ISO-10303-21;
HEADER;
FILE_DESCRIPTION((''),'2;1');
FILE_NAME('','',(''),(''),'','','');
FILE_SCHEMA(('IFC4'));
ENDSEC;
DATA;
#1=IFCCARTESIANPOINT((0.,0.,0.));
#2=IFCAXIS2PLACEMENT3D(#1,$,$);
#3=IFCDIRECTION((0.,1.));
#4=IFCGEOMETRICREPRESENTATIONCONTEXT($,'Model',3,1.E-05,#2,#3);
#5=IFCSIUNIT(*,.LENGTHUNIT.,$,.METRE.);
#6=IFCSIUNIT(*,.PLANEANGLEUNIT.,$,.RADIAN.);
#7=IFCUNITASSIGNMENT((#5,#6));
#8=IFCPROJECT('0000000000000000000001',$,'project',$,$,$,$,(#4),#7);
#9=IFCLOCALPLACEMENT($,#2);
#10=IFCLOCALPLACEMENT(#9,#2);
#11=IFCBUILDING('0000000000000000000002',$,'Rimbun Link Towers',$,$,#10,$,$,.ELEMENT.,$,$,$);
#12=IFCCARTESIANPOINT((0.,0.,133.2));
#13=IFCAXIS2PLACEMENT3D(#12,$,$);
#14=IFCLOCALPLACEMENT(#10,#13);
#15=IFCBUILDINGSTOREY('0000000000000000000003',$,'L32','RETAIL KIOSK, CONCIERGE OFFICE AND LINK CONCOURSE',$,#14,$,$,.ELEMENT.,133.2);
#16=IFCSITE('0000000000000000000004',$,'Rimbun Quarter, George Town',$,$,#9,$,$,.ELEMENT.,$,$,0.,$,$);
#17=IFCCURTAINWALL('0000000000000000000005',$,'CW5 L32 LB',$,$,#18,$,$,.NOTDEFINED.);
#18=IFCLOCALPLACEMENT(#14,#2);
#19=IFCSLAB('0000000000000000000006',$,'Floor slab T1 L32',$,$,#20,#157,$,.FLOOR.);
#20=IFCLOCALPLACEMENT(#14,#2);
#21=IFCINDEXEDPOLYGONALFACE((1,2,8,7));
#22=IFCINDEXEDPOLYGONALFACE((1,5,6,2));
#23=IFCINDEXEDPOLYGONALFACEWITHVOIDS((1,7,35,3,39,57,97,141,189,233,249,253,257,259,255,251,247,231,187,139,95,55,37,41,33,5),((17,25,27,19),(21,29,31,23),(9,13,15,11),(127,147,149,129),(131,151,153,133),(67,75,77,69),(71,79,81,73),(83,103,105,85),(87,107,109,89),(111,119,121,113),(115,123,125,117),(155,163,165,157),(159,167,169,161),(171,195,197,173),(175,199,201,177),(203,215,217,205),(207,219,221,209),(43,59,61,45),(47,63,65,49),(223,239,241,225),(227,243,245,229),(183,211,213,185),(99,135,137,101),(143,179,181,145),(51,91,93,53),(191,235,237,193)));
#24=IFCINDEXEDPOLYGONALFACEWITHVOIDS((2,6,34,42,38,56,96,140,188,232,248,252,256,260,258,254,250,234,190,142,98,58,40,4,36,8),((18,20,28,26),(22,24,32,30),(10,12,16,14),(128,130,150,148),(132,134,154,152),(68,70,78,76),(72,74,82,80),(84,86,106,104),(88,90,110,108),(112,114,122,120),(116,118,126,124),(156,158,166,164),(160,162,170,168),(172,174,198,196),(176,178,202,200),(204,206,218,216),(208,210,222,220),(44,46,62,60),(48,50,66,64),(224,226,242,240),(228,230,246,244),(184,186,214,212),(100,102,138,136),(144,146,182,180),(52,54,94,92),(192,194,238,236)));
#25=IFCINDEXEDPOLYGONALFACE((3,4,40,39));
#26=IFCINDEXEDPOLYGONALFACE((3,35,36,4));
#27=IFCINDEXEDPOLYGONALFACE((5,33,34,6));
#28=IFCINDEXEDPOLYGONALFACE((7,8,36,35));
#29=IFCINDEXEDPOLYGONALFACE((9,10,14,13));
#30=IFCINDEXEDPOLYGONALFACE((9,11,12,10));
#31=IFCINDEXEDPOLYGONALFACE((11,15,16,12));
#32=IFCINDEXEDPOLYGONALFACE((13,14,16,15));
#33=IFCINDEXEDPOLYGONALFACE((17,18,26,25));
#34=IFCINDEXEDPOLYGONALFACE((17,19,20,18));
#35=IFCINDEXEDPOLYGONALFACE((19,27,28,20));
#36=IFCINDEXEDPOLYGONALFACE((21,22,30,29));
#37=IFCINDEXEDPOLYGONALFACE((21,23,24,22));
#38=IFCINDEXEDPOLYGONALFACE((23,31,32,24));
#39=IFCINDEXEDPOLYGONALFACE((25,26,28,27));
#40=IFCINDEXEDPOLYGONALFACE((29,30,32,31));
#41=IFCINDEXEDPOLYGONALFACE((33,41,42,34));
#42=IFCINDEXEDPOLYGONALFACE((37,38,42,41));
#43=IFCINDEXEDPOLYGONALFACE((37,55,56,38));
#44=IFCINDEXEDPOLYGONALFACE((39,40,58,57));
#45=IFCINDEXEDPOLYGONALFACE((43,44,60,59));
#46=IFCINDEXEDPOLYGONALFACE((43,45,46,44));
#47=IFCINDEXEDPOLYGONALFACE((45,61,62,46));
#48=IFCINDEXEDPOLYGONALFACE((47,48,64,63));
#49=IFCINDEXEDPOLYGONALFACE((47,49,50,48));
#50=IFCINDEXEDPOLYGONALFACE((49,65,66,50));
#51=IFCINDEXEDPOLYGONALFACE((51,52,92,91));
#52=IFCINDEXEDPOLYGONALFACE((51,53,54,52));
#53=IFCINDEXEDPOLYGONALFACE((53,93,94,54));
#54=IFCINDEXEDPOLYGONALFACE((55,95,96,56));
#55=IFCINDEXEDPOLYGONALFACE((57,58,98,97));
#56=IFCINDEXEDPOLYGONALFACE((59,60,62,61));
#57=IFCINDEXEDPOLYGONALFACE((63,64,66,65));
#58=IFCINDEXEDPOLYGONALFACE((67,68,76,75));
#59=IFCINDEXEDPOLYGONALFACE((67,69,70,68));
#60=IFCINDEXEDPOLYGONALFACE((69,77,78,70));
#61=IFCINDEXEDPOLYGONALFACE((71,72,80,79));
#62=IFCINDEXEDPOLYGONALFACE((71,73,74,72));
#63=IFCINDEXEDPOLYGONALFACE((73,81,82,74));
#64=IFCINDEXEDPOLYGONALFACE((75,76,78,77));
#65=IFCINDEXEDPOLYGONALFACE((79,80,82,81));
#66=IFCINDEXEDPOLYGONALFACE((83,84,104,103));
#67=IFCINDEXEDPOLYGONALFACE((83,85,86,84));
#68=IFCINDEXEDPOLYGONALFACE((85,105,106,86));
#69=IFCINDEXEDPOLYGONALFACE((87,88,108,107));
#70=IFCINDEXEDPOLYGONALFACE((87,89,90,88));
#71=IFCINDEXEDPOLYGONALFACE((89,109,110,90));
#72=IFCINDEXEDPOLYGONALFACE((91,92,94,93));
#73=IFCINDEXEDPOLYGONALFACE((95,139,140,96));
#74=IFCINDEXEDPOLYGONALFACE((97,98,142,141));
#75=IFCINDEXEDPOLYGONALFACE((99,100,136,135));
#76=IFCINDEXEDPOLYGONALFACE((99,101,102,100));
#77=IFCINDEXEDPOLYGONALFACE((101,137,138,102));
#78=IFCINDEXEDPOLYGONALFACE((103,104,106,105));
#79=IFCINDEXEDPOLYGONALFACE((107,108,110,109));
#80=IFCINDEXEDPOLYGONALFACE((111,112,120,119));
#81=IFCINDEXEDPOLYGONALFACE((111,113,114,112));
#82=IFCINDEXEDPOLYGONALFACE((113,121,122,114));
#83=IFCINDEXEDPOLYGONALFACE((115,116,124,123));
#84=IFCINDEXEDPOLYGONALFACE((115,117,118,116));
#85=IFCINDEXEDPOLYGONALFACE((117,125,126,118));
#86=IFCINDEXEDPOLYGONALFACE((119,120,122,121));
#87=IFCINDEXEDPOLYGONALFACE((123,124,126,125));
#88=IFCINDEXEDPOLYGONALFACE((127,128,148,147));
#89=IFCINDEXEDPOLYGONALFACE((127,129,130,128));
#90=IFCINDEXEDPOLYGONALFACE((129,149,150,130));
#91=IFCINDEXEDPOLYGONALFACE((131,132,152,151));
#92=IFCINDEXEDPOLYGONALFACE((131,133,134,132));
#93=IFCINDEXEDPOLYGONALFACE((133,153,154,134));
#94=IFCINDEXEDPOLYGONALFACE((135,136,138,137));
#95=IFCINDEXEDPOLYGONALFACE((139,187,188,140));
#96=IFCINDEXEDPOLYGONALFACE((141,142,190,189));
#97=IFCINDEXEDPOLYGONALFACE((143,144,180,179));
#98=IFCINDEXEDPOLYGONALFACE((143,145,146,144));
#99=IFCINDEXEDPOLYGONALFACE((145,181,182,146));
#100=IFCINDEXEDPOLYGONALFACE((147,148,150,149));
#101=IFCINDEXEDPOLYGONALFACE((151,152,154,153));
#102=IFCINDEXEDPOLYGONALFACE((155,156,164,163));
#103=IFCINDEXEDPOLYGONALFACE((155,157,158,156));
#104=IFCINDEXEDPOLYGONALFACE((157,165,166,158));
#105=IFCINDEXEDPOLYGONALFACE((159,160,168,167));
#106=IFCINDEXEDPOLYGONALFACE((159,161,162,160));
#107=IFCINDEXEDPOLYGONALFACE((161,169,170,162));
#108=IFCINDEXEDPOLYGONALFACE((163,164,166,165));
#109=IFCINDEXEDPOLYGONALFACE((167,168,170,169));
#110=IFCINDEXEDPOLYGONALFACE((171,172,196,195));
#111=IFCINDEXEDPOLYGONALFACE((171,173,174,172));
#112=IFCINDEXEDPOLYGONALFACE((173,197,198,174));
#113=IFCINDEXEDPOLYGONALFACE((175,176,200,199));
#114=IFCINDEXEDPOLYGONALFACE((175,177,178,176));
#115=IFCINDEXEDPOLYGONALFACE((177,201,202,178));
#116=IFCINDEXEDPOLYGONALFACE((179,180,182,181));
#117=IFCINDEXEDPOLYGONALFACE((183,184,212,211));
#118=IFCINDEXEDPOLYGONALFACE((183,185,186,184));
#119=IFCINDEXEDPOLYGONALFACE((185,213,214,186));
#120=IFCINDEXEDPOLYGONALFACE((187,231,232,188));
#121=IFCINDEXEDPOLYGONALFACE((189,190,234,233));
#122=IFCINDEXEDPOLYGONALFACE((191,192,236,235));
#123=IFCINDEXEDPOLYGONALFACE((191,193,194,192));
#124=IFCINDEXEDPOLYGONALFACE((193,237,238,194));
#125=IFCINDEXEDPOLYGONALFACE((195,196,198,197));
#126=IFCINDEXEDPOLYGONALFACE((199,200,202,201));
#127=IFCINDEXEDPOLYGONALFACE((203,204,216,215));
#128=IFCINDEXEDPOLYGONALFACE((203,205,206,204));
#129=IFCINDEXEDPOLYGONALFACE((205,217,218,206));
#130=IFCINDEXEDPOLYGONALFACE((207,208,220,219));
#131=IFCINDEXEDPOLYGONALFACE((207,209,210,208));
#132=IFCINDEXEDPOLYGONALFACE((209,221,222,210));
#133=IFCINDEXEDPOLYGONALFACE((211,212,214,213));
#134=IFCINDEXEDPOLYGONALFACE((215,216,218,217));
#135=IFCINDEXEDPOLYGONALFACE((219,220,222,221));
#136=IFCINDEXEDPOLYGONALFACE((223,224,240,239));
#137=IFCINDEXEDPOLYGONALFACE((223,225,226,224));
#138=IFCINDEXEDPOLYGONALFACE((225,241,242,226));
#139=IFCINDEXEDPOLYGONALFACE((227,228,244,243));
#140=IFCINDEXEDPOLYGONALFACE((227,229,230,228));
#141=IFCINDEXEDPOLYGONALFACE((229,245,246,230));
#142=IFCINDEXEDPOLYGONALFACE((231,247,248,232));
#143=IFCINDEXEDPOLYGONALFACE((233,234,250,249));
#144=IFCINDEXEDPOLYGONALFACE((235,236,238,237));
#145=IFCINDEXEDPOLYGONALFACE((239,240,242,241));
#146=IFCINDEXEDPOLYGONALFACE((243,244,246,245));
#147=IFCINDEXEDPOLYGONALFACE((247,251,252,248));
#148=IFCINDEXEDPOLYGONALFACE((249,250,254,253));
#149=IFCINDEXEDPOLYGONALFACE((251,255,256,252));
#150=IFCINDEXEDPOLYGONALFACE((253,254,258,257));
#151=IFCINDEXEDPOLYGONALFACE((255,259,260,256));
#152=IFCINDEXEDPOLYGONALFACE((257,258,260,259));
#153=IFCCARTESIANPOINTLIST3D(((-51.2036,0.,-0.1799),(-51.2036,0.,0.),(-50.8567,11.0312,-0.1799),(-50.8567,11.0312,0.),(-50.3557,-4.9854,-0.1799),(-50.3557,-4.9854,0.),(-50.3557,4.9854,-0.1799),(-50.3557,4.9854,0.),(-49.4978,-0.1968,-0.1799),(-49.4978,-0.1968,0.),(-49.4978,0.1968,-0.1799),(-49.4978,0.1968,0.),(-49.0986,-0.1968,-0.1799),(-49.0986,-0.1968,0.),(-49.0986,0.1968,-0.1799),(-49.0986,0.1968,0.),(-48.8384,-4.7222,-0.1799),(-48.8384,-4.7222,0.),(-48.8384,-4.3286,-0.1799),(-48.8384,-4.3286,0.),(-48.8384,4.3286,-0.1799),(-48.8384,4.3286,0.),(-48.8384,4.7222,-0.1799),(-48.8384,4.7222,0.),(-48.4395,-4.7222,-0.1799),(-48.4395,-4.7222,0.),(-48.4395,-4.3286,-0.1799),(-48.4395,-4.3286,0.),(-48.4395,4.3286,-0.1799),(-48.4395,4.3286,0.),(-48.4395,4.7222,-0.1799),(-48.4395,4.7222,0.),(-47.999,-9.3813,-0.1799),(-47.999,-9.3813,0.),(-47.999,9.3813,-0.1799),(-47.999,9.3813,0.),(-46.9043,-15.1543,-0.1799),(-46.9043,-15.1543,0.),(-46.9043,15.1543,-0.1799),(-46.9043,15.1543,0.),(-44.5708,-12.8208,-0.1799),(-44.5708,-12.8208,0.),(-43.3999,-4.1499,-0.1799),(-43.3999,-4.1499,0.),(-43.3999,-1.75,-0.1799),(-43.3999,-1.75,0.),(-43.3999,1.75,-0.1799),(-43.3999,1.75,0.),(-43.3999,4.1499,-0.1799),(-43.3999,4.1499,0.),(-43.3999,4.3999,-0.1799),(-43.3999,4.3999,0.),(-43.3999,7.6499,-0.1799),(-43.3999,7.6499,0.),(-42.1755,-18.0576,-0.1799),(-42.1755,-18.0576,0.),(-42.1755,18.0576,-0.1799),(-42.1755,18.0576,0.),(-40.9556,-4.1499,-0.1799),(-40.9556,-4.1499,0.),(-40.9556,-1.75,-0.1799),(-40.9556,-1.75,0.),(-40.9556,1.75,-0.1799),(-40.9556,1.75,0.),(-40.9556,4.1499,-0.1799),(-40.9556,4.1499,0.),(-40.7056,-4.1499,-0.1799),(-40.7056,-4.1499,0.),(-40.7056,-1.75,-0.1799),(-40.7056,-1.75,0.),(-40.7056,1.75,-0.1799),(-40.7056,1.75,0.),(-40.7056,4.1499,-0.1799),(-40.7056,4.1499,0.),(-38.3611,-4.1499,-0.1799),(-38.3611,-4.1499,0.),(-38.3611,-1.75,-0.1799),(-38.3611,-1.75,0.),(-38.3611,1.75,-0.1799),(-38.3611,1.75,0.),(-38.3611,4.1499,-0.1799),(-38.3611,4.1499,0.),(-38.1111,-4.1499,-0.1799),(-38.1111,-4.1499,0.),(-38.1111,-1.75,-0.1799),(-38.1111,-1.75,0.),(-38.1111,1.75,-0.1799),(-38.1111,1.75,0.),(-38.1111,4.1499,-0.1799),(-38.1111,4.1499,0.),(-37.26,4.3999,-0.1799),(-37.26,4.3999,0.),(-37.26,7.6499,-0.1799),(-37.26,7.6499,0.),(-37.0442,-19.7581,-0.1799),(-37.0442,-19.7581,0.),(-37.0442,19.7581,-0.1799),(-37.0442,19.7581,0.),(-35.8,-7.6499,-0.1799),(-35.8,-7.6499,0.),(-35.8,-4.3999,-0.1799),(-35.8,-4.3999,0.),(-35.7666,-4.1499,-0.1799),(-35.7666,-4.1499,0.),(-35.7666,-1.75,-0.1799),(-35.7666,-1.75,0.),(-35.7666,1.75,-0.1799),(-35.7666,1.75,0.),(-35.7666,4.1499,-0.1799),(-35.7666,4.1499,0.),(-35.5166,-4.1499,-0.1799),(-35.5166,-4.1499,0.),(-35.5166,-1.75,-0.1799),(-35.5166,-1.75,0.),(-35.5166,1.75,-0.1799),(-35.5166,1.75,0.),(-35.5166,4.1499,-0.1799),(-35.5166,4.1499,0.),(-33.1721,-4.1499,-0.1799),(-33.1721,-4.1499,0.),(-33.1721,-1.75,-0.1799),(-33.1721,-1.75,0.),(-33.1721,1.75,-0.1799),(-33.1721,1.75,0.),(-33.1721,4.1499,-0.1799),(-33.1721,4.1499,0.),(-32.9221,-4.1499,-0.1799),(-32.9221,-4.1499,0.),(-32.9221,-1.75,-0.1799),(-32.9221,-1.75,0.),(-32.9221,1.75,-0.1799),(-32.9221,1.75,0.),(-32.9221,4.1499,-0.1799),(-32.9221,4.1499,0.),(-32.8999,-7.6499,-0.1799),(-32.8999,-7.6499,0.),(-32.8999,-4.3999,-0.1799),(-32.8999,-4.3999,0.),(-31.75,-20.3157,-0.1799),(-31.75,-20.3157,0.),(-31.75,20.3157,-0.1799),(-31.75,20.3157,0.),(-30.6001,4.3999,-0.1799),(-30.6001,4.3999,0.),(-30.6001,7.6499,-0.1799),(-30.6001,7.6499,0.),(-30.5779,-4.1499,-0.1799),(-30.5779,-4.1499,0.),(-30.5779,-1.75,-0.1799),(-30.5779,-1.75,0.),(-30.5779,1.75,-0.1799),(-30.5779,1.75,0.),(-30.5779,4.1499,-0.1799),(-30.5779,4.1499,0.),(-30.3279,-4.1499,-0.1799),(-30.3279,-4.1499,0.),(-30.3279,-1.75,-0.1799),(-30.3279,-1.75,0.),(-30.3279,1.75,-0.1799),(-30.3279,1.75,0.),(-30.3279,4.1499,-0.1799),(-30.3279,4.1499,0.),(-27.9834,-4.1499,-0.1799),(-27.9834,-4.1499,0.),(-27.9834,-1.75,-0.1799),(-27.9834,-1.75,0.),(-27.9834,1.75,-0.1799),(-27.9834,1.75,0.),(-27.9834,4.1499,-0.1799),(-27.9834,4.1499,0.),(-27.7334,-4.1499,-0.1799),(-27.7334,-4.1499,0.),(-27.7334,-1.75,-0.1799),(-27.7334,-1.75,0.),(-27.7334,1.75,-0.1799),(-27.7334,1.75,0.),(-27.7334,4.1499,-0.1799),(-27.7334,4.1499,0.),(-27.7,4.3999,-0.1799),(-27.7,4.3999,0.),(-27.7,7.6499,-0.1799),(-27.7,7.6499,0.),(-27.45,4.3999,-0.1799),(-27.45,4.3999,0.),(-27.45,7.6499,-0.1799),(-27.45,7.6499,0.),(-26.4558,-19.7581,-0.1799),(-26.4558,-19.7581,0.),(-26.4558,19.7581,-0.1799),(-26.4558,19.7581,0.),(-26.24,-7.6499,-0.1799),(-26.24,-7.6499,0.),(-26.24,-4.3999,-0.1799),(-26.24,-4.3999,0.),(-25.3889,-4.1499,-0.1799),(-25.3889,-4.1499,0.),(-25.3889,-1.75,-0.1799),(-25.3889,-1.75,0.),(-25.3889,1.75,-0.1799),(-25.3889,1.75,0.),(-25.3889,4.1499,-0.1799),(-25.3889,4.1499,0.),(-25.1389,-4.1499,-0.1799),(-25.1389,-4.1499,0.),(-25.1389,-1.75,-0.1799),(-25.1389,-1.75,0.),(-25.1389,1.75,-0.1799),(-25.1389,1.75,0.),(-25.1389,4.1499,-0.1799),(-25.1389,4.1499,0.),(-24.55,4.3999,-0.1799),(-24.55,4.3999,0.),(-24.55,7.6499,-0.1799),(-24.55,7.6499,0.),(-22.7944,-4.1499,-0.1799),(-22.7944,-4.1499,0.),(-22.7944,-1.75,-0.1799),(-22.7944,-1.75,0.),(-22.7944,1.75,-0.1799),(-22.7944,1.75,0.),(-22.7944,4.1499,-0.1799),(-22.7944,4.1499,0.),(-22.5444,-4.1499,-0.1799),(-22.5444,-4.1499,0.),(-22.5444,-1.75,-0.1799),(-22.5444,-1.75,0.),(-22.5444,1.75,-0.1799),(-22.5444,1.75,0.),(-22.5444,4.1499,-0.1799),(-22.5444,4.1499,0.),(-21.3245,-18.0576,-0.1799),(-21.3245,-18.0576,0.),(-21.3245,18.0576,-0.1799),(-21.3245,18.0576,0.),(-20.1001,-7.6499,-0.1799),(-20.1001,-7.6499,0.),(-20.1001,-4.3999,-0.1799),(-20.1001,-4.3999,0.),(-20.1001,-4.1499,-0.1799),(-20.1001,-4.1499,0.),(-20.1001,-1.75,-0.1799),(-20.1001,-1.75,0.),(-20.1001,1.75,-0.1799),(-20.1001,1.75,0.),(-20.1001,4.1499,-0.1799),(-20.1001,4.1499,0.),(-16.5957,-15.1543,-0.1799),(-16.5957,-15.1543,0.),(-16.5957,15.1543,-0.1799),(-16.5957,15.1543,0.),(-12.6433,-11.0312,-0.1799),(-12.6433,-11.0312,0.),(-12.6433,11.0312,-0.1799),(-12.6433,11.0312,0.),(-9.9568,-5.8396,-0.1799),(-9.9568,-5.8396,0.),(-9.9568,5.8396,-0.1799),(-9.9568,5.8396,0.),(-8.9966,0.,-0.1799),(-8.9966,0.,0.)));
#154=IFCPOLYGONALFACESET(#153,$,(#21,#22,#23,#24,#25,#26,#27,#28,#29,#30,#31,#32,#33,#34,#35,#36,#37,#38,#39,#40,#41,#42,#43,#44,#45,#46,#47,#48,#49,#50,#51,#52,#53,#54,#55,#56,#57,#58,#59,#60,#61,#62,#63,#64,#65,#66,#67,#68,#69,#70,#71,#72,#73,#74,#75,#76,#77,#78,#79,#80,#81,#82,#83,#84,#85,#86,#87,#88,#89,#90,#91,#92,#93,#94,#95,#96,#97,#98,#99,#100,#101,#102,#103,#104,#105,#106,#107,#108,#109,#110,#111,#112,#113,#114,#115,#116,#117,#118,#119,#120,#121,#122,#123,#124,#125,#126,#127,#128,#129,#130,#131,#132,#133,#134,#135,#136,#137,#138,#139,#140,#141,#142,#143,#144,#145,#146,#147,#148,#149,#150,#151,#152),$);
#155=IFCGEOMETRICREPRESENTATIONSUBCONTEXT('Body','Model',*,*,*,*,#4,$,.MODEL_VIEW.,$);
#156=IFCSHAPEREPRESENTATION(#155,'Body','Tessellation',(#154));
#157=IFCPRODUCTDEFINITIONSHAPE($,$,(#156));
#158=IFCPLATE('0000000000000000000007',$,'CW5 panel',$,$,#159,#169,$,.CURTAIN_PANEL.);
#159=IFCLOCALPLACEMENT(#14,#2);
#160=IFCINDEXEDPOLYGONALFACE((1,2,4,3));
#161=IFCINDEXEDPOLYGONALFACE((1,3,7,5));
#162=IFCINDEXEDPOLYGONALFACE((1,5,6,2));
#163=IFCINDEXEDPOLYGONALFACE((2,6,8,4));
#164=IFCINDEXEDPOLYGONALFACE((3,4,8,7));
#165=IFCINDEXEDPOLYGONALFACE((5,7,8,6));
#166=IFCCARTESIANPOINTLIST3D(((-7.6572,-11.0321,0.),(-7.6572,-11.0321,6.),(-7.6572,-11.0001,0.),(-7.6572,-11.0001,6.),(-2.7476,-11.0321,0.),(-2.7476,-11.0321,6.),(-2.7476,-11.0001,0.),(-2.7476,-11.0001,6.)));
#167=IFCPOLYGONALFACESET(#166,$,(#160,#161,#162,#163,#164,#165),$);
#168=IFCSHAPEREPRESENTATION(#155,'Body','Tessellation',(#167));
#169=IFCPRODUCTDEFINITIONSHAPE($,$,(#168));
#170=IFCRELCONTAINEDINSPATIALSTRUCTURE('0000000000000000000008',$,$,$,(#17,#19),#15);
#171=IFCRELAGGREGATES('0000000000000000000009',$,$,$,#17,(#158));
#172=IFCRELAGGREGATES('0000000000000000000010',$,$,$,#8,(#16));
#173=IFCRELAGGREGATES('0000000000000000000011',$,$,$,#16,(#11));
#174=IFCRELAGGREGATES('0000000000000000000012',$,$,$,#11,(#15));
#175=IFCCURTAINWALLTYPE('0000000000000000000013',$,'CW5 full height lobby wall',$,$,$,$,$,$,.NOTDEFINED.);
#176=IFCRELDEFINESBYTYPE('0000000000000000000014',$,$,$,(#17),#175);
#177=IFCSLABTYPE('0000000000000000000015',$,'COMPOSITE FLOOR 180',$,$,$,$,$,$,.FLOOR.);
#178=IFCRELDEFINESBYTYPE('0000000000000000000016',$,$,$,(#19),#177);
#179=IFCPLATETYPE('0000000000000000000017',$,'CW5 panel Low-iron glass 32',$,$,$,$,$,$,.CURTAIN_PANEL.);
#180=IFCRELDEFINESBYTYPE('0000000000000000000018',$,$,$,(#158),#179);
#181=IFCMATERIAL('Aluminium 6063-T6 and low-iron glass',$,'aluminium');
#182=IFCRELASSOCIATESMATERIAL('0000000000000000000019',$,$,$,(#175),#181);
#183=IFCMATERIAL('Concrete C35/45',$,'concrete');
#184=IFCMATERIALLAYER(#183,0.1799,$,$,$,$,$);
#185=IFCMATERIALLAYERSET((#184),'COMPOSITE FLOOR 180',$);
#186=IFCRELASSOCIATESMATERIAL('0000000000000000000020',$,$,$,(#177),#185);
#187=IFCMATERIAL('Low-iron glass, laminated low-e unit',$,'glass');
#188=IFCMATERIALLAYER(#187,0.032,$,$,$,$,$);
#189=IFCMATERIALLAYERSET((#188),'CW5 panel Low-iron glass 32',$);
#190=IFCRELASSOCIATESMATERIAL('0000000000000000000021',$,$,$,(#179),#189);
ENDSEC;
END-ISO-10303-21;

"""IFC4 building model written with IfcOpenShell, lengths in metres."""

from ifc_helpers import new_model, si_unit, direction, frame, origin, origin_2d, place, context, subcontext, project, spatial, polyline, rectangle, outline, extrude, material, layer, layer_set, type_object, element, aggregate, save


model = new_model("IFC4")

# Units and contexts
model_context = context("Model", 3, precision=1e-05, world=origin(), true_north=direction((0.0, 1.0)))
body_context = subcontext(model_context, "Body", "Model", "MODEL_VIEW")
ifc_project = project(units=[si_unit("LENGTHUNIT", "METRE"), si_unit("PLANEANGLEUNIT", "RADIAN")], contexts=[model_context])

# Site, building, storey
site_placement = place(None, origin())
site = spatial("IfcSite", under=ifc_project, at=site_placement, Name="Rimbun Quarter, George Town", CompositionType="ELEMENT", RefElevation=0.0)
building_placement = place(site_placement, origin())
building = spatial("IfcBuilding", under=site, at=building_placement, Name="Rimbun Link Towers", CompositionType="ELEMENT")
storey_placement = place(building_placement, frame((0.0, 0.0, 133.2)))
storey = spatial("IfcBuildingStorey", under=building, at=storey_placement, Name="L32", Description="RETAIL KIOSK, CONCIERGE OFFICE AND LINK CONCOURSE", CompositionType="ELEMENT", Elevation=133.2)

# Curtain wall
ifc_material_1 = material(Name="Aluminium 6063-T6 and low-iron glass", Category="aluminium")
curtain_wall_type = type_object("IfcCurtainWallType", Name="CW5 full height lobby wall", PredefinedType="NOTDEFINED", material=ifc_material_1)
curtain_wall_placement = place(storey_placement, origin())
curtain_wall = element("IfcCurtainWall", 1, at=curtain_wall_placement, inside=storey, type_object=curtain_wall_type, Name="CW5 L32 LB", PredefinedType="NOTDEFINED")

# Slab
ifc_material_2 = material(Name="Concrete C35/45", Category="concrete")
ifc_layer_1 = layer(ifc_material_2, 0.1799)
ifc_layer_set_1 = layer_set([ifc_layer_1], Name="COMPOSITE FLOOR 180")
slab_type = type_object("IfcSlabType", Name="COMPOSITE FLOOR 180", PredefinedType="FLOOR", material=ifc_layer_set_1)
slab_placement = place(storey_placement, frame((0.0, 0.0, -0.1799)))
element("IfcSlab", 2, at=slab_placement, inside=storey, type_object=slab_type, Name="Floor slab T1 L32", PredefinedType="FLOOR", context=body_context, shape_type="SweptSolid", body=[
    extrude(outline(polyline([(-46.9043, 15.1543), (-42.1755, 18.0576), (-37.0442, 19.7581), (-31.75, 20.3157), (-26.4558, 19.7581), (-21.3245, 18.0576), (-16.5957, 15.1543), (-12.6433, 11.0312), (-9.9568, 5.8396), (-8.9966, 0.0), (-9.9568, -5.8396), (-12.6433, -11.0312), (-16.5957, -15.1543), (-21.3245, -18.0576), (-26.4558, -19.7581), (-31.75, -20.3157), (-37.0442, -19.7581), (-42.1755, -18.0576), (-46.9043, -15.1543), (-44.5708, -12.8208), (-47.999, -9.3813), (-50.3557, -4.9854), (-51.2036, 0.0), (-50.3557, 4.9854), (-47.999, 9.3813), (-50.8567, 11.0312), (-46.9043, 15.1543)]), holes=[polyline([(-32.8999, -7.6499), (-32.8999, -4.3999), (-35.8, -4.3999), (-35.8, -7.6499), (-32.8999, -7.6499)]), polyline([(-48.8384, -4.7222), (-48.4395, -4.7222), (-48.4395, -4.3286), (-48.8384, -4.3286), (-48.8384, -4.7222)]), polyline([(-43.3999, -4.1499), (-40.9556, -4.1499), (-40.9556, -1.75), (-43.3999, -1.75), (-43.3999, -4.1499)]), polyline([(-38.3611, -4.1499), (-38.3611, -1.75), (-40.7056, -1.75), (-40.7056, -4.1499), (-38.3611, -4.1499)]), polyline([(-38.1111, -4.1499), (-35.7666, -4.1499), (-35.7666, -1.75), (-38.1111, -1.75), (-38.1111, -4.1499)]), polyline([(-35.5166, -4.1499), (-33.1721, -4.1499), (-33.1721, -1.75), (-35.5166, -1.75), (-35.5166, -4.1499)]), polyline([(-49.0986, -0.1968), (-49.0986, 0.1968), (-49.4978, 0.1968), (-49.4978, -0.1968), (-49.0986, -0.1968)]), polyline([(-43.3999, 1.75), (-40.9556, 1.75), (-40.9556, 4.1499), (-43.3999, 4.1499), (-43.3999, 1.75)]), polyline([(-40.7056, 1.75), (-38.3611, 1.75), (-38.3611, 4.1499), (-40.7056, 4.1499), (-40.7056, 1.75)]), polyline([(-38.1111, 1.75), (-35.7666, 1.75), (-35.7666, 4.1499), (-38.1111, 4.1499), (-38.1111, 1.75)]), polyline([(-35.5166, 1.75), (-33.1721, 1.75), (-33.1721, 4.1499), (-35.5166, 4.1499), (-35.5166, 1.75)]), polyline([(-48.8384, 4.3286), (-48.4395, 4.3286), (-48.4395, 4.7222), (-48.8384, 4.7222), (-48.8384, 4.3286)]), polyline([(-43.3999, 4.3999), (-37.26, 4.3999), (-37.26, 7.6499), (-43.3999, 7.6499), (-43.3999, 4.3999)]), polyline([(-20.1001, -7.6499), (-20.1001, -4.3999), (-26.24, -4.3999), (-26.24, -7.6499), (-20.1001, -7.6499)]), polyline([(-32.9221, -4.1499), (-30.5779, -4.1499), (-30.5779, -1.75), (-32.9221, -1.75), (-32.9221, -4.1499)]), polyline([(-30.3279, -4.1499), (-27.9834, -4.1499), (-27.9834, -1.75), (-30.3279, -1.75), (-30.3279, -4.1499)]), polyline([(-25.3889, -4.1499), (-25.3889, -1.75), (-27.7334, -1.75), (-27.7334, -4.1499), (-25.3889, -4.1499)]), polyline([(-25.1389, -4.1499), (-22.7944, -4.1499), (-22.7944, -1.75), (-25.1389, -1.75), (-25.1389, -4.1499)]), polyline([(-22.5444, -4.1499), (-20.1001, -4.1499), (-20.1001, -1.75), (-22.5444, -1.75), (-22.5444, -4.1499)]), polyline([(-30.5779, 1.75), (-30.5779, 4.1499), (-32.9221, 4.1499), (-32.9221, 1.75), (-30.5779, 1.75)]), polyline([(-30.3279, 1.75), (-27.9834, 1.75), (-27.9834, 4.1499), (-30.3279, 4.1499), (-30.3279, 1.75)]), polyline([(-27.7334, 1.75), (-25.3889, 1.75), (-25.3889, 4.1499), (-27.7334, 4.1499), (-27.7334, 1.75)]), polyline([(-25.1389, 1.75), (-22.7944, 1.75), (-22.7944, 4.1499), (-25.1389, 4.1499), (-25.1389, 1.75)]), polyline([(-22.5444, 1.75), (-20.1001, 1.75), (-20.1001, 4.1499), (-22.5444, 4.1499), (-22.5444, 1.75)]), polyline([(-30.6001, 4.3999), (-27.7, 4.3999), (-27.7, 7.6499), (-30.6001, 7.6499), (-30.6001, 4.3999)]), polyline([(-27.45, 4.3999), (-24.55, 4.3999), (-24.55, 7.6499), (-27.45, 7.6499), (-27.45, 4.3999)])]), origin(), (0.0, 0.0, 1.0), 0.1799),
])

# Plate
ifc_material_3 = material(Name="Low-iron glass, laminated low-e unit", Category="glass")
ifc_layer_2 = layer(ifc_material_3, 0.032)
ifc_layer_set_2 = layer_set([ifc_layer_2], Name="CW5 panel Low-iron glass 32")
plate_type = type_object("IfcPlateType", Name="CW5 panel Low-iron glass 32", PredefinedType="CURTAIN_PANEL", material=ifc_layer_set_2)
plate_1_placement = place(storey_placement, frame((-5.2024, -11.0161, 0.0), z_axis=(0.0, 0.0, 1.0), x_axis=(-1.0, 0.0, 0.0)))
plate_1 = element("IfcPlate", 3, at=plate_1_placement, type_object=plate_type, Name="CW5 panel", PredefinedType="CURTAIN_PANEL", context=body_context, shape_type="SweptSolid", body=[
    extrude(rectangle(XDim=4.9097, YDim=0.032, at=origin_2d()), origin(), (0.0, 0.0, 1.0), 6.0),
])
aggregate(curtain_wall, [plate_1])

save(model, "model.ifc")
